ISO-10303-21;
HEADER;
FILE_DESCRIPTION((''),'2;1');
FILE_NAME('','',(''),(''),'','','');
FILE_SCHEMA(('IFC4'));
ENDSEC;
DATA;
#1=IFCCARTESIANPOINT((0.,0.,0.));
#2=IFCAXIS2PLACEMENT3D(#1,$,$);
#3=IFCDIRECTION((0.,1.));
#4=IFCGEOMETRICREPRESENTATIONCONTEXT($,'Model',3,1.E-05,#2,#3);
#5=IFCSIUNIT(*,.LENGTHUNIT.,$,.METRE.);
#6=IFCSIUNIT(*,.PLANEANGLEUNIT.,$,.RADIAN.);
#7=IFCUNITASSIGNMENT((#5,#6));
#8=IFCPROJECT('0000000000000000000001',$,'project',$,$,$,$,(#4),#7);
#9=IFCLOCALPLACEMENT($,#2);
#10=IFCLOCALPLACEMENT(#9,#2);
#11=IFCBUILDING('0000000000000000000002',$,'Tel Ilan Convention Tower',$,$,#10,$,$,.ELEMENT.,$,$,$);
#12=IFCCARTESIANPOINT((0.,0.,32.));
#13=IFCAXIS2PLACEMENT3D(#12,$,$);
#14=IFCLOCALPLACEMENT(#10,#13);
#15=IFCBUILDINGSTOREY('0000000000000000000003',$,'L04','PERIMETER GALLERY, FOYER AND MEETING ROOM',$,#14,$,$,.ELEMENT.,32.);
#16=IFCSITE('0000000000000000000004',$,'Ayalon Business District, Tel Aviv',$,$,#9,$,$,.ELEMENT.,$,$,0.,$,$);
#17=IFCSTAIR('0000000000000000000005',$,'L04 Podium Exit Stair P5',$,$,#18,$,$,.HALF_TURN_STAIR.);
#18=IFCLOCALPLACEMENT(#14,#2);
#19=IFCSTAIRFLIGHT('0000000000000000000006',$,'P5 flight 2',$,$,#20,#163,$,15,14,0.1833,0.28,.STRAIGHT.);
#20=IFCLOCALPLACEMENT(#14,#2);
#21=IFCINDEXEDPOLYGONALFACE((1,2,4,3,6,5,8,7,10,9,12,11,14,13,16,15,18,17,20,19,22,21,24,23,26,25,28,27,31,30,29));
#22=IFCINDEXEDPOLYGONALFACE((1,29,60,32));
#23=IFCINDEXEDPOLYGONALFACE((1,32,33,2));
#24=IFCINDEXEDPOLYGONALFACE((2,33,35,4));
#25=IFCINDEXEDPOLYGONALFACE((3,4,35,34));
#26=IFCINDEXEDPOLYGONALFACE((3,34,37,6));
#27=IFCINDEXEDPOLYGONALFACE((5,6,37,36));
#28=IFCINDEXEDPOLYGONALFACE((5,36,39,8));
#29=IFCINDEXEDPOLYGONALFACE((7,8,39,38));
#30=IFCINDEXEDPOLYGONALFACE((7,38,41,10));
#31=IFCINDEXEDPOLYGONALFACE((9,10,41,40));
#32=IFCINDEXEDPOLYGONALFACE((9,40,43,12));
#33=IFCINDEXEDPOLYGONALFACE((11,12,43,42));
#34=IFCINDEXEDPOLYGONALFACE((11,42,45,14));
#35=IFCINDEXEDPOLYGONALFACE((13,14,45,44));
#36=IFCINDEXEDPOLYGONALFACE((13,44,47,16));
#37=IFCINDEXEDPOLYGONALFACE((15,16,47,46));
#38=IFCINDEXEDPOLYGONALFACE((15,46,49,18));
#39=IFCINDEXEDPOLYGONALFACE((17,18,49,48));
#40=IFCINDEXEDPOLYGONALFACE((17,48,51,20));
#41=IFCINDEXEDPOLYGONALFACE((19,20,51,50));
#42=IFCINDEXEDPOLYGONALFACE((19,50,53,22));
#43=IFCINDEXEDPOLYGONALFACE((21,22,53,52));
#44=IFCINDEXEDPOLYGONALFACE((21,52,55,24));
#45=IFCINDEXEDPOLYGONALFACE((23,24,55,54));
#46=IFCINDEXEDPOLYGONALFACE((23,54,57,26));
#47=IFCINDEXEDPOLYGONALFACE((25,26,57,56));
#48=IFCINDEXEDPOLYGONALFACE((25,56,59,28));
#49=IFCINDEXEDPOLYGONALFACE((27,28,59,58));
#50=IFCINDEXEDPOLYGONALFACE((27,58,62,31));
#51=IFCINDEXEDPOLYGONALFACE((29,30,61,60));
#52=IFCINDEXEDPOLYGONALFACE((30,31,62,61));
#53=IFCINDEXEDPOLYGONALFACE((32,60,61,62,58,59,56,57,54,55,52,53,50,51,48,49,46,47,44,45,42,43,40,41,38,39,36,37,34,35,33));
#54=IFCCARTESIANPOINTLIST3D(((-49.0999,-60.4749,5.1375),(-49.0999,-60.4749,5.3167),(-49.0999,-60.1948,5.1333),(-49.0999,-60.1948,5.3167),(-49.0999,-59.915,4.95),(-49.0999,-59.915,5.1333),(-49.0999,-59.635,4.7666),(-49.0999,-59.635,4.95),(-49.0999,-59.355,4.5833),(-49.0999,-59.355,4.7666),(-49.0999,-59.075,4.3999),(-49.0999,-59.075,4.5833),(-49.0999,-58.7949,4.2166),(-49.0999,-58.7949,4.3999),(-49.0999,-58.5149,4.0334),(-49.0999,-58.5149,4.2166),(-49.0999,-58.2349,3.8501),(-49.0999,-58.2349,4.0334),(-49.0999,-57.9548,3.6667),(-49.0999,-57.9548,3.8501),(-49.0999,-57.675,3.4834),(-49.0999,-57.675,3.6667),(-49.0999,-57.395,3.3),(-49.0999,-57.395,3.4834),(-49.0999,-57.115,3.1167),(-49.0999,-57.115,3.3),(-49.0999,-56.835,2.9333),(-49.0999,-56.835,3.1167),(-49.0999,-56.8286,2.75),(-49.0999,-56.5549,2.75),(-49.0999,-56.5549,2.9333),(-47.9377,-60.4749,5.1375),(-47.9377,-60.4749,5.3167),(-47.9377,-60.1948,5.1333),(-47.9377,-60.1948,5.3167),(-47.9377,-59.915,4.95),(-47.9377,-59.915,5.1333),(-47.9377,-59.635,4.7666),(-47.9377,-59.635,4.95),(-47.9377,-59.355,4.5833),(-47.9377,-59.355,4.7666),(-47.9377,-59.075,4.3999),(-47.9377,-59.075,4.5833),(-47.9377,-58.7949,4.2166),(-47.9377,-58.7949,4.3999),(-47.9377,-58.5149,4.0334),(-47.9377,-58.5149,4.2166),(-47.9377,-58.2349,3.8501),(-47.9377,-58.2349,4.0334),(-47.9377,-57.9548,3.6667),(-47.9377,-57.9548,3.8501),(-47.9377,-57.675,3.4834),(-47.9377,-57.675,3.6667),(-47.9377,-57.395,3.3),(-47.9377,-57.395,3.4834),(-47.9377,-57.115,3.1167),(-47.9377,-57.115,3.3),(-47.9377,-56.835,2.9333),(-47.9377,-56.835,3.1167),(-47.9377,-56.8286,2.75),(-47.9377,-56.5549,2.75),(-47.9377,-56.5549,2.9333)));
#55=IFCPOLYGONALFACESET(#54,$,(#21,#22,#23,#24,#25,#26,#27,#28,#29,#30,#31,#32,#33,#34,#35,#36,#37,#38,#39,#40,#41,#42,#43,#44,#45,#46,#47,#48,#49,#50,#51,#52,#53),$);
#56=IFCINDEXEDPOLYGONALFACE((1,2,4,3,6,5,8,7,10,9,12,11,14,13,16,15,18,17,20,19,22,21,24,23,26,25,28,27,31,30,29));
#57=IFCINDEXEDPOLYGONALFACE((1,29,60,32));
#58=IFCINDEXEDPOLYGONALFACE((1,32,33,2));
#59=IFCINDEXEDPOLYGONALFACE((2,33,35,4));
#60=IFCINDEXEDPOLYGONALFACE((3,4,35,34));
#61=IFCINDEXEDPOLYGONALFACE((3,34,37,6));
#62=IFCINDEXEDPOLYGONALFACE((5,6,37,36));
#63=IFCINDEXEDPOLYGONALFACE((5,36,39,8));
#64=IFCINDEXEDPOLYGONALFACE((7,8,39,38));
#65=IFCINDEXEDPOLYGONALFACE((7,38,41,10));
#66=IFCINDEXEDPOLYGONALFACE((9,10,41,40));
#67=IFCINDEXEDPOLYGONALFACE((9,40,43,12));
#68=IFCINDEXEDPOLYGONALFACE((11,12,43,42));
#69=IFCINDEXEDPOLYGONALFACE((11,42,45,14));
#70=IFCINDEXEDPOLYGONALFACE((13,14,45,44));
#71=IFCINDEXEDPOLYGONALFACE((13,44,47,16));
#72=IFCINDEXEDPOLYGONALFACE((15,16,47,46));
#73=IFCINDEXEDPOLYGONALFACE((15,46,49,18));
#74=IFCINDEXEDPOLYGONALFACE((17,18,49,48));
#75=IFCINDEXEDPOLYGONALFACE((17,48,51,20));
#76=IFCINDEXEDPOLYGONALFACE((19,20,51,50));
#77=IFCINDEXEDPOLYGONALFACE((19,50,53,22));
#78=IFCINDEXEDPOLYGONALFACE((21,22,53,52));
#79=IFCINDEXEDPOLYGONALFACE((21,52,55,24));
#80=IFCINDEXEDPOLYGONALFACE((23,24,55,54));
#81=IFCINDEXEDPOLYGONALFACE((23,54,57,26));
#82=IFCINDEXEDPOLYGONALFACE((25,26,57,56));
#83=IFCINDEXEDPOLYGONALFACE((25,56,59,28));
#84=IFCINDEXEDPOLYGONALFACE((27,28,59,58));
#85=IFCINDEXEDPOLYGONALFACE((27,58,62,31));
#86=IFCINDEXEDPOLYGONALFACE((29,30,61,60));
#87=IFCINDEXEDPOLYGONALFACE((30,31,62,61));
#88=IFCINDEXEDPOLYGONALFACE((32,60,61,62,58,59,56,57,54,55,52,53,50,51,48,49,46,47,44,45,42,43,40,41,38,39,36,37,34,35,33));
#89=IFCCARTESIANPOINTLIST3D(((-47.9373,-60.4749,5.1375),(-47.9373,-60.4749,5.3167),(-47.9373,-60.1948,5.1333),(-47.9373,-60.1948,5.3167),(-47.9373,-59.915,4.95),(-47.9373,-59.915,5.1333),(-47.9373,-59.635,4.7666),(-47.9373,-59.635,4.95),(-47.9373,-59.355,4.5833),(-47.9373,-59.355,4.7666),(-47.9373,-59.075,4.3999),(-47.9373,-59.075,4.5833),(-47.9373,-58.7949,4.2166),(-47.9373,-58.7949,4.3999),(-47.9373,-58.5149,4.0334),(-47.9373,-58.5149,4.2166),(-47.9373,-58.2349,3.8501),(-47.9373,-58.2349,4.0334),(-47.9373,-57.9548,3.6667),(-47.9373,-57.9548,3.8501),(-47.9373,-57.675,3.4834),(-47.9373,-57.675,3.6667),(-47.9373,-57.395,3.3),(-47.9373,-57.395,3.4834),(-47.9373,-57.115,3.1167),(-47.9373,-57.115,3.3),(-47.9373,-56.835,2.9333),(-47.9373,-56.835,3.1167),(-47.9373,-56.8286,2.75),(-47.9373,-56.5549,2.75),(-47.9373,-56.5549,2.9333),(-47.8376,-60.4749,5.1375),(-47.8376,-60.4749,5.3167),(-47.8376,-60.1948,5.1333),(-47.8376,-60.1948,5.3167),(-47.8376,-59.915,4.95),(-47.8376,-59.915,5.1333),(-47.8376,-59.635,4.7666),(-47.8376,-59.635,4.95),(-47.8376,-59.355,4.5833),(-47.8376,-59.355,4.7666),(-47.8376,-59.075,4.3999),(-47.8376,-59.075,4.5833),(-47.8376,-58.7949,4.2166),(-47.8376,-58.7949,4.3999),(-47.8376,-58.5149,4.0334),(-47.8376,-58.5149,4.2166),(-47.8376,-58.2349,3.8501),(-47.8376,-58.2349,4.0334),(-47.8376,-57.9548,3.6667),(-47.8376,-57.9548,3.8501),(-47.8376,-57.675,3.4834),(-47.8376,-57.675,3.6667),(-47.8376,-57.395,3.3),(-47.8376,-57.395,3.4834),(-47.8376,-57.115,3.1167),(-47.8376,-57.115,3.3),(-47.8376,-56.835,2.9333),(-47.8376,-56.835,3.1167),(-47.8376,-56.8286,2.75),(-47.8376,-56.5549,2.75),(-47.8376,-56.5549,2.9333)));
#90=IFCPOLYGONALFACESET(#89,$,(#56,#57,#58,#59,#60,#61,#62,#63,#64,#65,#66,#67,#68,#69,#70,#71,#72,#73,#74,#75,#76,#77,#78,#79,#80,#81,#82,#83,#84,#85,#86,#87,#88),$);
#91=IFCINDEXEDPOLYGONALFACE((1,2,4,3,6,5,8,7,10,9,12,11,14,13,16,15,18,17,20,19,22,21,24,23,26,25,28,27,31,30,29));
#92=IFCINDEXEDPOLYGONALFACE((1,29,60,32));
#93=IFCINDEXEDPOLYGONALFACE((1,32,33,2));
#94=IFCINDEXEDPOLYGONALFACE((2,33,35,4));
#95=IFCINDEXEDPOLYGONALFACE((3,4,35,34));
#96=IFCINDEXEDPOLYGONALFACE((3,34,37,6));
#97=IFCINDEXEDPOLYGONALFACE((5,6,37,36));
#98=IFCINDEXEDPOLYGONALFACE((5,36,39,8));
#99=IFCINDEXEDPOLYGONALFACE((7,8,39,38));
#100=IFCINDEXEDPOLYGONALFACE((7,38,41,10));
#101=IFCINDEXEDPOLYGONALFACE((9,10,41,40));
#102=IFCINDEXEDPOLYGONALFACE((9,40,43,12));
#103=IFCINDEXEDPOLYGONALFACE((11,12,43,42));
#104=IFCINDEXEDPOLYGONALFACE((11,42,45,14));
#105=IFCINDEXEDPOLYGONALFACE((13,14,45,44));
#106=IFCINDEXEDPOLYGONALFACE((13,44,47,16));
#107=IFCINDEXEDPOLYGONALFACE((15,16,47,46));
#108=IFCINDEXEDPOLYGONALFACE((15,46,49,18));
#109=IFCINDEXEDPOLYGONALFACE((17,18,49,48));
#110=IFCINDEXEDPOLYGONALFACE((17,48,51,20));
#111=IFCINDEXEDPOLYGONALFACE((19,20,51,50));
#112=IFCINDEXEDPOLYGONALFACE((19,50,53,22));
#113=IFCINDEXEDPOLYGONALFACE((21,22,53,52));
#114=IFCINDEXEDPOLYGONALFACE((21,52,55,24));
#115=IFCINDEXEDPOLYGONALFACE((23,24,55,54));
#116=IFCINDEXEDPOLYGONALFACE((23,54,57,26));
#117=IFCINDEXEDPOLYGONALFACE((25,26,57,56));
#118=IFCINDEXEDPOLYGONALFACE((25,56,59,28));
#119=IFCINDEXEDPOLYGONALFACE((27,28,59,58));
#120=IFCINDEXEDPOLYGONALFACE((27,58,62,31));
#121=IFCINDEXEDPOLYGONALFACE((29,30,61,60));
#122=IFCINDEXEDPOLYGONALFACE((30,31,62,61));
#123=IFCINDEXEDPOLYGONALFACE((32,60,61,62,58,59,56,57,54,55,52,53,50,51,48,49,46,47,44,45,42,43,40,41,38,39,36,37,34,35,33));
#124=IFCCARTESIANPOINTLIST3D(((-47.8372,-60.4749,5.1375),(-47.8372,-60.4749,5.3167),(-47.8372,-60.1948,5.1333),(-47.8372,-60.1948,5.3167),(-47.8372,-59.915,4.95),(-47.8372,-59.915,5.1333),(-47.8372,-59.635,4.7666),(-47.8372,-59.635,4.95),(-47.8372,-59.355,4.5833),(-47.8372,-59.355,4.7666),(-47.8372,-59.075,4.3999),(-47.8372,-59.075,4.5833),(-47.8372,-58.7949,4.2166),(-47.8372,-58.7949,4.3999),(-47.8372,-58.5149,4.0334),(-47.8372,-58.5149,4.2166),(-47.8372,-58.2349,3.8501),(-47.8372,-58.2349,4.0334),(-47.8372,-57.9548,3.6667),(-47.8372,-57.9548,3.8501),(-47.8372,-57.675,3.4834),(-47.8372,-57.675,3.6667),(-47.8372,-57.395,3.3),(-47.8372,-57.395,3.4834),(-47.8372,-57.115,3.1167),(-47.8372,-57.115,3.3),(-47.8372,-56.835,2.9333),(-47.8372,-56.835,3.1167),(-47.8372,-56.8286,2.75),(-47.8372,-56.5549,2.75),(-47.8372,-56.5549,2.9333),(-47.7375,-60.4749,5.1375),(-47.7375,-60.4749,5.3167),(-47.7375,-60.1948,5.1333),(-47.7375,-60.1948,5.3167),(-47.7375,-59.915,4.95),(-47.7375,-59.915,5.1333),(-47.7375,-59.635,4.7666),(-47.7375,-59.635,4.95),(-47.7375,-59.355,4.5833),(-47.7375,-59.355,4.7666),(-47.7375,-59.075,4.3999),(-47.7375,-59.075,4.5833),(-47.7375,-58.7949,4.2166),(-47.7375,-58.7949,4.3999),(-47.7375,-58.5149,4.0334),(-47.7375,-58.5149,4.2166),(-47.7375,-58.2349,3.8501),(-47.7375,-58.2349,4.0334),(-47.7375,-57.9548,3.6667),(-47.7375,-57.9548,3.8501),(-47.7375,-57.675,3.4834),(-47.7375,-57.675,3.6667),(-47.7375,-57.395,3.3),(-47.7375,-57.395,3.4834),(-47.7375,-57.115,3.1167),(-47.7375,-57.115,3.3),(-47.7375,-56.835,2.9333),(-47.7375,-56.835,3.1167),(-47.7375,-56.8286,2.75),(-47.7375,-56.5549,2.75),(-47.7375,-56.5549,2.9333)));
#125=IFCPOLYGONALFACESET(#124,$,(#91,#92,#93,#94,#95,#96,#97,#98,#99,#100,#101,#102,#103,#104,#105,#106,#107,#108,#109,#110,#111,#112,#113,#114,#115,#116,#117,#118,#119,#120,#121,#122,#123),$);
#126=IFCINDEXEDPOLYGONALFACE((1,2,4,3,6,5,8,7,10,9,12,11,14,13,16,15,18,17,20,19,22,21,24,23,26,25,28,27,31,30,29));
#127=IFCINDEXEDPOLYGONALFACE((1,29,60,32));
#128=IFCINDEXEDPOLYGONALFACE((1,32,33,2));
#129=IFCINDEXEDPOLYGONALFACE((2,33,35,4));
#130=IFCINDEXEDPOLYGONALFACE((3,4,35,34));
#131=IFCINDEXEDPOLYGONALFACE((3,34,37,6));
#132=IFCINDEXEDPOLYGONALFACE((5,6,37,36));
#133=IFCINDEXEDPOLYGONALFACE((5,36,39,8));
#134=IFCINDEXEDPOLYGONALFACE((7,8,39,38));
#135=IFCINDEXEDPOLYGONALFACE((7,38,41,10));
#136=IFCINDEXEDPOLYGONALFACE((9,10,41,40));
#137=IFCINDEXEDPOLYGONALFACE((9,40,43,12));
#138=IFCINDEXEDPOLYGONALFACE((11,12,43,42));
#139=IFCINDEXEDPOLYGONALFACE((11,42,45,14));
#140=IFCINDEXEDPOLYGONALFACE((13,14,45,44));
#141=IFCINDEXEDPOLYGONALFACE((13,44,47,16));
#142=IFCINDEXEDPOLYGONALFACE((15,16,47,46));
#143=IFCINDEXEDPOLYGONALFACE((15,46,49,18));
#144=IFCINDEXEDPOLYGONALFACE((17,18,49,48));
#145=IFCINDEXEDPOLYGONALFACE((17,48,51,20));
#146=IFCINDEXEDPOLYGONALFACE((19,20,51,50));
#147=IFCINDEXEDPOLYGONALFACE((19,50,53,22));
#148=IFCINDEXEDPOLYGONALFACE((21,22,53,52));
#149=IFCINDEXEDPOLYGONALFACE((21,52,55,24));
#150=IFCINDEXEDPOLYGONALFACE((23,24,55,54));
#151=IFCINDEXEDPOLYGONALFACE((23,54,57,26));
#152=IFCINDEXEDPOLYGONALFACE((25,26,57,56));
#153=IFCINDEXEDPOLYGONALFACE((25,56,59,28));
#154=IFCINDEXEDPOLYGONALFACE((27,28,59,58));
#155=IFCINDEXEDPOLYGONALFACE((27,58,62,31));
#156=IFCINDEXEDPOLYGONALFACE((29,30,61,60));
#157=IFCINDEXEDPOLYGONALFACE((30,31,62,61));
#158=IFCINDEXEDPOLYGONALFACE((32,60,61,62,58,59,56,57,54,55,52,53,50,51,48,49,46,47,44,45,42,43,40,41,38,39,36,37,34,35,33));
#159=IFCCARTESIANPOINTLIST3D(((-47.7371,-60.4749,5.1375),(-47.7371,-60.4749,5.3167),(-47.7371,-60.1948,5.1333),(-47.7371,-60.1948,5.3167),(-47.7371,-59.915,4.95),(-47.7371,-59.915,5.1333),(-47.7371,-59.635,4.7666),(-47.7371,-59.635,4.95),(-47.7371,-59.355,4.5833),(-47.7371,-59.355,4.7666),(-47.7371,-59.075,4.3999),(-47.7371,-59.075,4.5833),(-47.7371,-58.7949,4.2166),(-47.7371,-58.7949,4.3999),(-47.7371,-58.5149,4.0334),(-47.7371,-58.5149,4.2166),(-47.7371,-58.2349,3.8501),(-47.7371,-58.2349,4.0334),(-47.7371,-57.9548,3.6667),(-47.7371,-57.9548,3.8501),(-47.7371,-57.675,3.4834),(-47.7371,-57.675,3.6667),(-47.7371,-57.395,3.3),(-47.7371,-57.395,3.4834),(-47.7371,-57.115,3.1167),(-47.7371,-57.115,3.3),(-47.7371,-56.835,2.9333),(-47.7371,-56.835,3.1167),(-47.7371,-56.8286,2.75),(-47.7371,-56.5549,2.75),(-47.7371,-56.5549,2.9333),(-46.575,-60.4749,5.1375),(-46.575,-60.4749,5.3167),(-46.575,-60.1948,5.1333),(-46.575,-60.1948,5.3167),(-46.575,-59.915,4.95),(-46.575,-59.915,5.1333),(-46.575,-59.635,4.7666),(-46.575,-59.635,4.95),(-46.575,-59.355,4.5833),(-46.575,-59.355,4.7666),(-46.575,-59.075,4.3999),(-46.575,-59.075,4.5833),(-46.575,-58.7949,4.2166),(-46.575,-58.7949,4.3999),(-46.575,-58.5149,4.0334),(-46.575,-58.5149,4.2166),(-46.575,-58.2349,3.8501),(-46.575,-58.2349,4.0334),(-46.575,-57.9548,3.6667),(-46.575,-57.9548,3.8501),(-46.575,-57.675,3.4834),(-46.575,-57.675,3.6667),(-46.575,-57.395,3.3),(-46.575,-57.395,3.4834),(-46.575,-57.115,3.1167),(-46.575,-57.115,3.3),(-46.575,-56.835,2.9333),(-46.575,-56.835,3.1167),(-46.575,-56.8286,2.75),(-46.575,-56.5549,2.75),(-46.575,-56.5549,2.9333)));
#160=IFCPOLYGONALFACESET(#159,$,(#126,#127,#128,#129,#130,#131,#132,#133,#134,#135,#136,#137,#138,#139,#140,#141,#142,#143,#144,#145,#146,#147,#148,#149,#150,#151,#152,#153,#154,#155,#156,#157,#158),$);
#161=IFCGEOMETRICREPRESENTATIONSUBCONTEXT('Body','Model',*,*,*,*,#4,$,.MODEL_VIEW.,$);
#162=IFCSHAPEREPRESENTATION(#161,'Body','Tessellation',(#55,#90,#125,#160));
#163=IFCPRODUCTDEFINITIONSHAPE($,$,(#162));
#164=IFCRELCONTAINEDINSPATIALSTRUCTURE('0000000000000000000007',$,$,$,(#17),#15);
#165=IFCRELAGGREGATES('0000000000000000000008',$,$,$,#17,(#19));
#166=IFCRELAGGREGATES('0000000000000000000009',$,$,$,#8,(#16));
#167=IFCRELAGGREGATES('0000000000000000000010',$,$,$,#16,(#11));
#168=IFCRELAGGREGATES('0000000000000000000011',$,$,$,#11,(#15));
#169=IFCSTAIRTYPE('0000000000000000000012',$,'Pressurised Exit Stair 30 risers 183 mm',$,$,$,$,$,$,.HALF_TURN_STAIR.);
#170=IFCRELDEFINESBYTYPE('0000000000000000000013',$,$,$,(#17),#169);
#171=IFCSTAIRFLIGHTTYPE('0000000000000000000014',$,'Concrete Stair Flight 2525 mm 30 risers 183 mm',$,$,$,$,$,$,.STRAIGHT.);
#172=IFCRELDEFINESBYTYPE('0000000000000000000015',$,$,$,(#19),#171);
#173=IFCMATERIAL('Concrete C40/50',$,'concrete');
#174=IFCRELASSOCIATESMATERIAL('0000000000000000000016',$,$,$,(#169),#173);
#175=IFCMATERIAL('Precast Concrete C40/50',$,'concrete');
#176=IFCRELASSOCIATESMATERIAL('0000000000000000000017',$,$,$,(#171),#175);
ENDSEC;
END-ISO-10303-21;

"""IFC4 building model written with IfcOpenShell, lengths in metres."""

from ifc_helpers import new_model, si_unit, direction, frame, origin, place, context, subcontext, project, spatial, polyline, outline, extrude, material, type_object, element, aggregate, save


model = new_model("IFC4")

# Units and contexts
model_context = context("Model", 3, precision=1e-05, world=origin(), true_north=direction((0.0, 1.0)))
body_context = subcontext(model_context, "Body", "Model", "MODEL_VIEW")
ifc_project = project(units=[si_unit("LENGTHUNIT", "METRE"), si_unit("PLANEANGLEUNIT", "RADIAN")], contexts=[model_context])

# Site, building, storey
site_placement = place(None, origin())
site = spatial("IfcSite", under=ifc_project, at=site_placement, Name="Ayalon Business District, Tel Aviv", CompositionType="ELEMENT", RefElevation=0.0)
building_placement = place(site_placement, origin())
building = spatial("IfcBuilding", under=site, at=building_placement, Name="Tel Ilan Convention Tower", CompositionType="ELEMENT")
storey_placement = place(building_placement, frame((0.0, 0.0, 32.0)))
storey = spatial("IfcBuildingStorey", under=building, at=storey_placement, Name="L04", Description="PERIMETER GALLERY, FOYER AND MEETING ROOM", CompositionType="ELEMENT", Elevation=32.0)

# Stair, stair flight
ifc_material_1 = material(Name="Concrete C40/50", Category="concrete")
stair_type = type_object("IfcStairType", Name="Pressurised Exit Stair 30 risers 183 mm", PredefinedType="HALF_TURN_STAIR", material=ifc_material_1)
stair_1_placement = place(storey_placement, origin())
stair_1 = element("IfcStair", 1, at=stair_1_placement, inside=storey, type_object=stair_type, Name="L04 Podium Exit Stair P5", PredefinedType="HALF_TURN_STAIR")
ifc_material_2 = material(Name="Precast Concrete C40/50", Category="concrete")
stair_flight_type = type_object("IfcStairFlightType", Name="Concrete Stair Flight 2525 mm 30 risers 183 mm", PredefinedType="STRAIGHT", material=ifc_material_2)
stair_flight_1_placement = place(storey_placement, frame((-47.8374, -56.5549, 2.75), z_axis=(0.0, 0.0, 1.0), x_axis=(0.0, -1.0, 0.0)))
stair_flight_1 = element("IfcStairFlight", 2, at=stair_flight_1_placement, type_object=stair_flight_type, Name="P5 flight 2", NumberOfRisers=15, NumberOfTreads=14, PredefinedType="STRAIGHT", RiserHeight=0.1833, TreadLength=0.28, context=body_context, shape_type="SweptSolid", body=[
    extrude(outline(polyline([(0.0, 0.0), (0.0, 0.1833), (0.28, 0.1833), (0.28, 0.3667), (0.5601, 0.3667), (0.5601, 0.55), (0.8401, 0.55), (0.8401, 0.7334), (1.1201, 0.7334), (1.1201, 0.9167), (1.3999, 0.9167), (1.3999, 1.1001), (1.6799, 1.1001), (1.6799, 1.2834), (1.96, 1.2834), (1.96, 1.4666), (2.24, 1.4666), (2.24, 1.6499), (2.52, 1.6499), (2.52, 1.8333), (2.8, 1.8333), (2.8, 2.0166), (3.0801, 2.0166), (3.0801, 2.2), (3.3601, 2.2), (3.3601, 2.3833), (3.6399, 2.3833), (3.6399, 2.5667), (3.9199, 2.5667), (3.9199, 2.75), (3.9199, 2.3875), (0.2737, 0.0), (0.0, 0.0)])), frame((0.0, -0.1003, 0.0), z_axis=(0.0, -1.0, 0.0), x_axis=(1.0, 0.0, 0.0)), (0.0, 0.0, 1.0), 1.1621),
    extrude(outline(polyline([(0.0, 0.0), (0.0, 0.1833), (0.28, 0.1833), (0.28, 0.3667), (0.5601, 0.3667), (0.5601, 0.55), (0.8401, 0.55), (0.8401, 0.7334), (1.1201, 0.7334), (1.1201, 0.9167), (1.3999, 0.9167), (1.3999, 1.1001), (1.6799, 1.1001), (1.6799, 1.2834), (1.96, 1.2834), (1.96, 1.4666), (2.24, 1.4666), (2.24, 1.6499), (2.52, 1.6499), (2.52, 1.8333), (2.8, 1.8333), (2.8, 2.0166), (3.0801, 2.0166), (3.0801, 2.2), (3.3601, 2.2), (3.3601, 2.3833), (3.6399, 2.3833), (3.6399, 2.5667), (3.9199, 2.5667), (3.9199, 2.75), (3.9199, 2.3875), (0.2737, 0.0), (0.0, 0.0)])), frame((0.0, -0.0002, 0.0), z_axis=(0.0, -1.0, 0.0), x_axis=(1.0, 0.0, 0.0)), (0.0, 0.0, 1.0), 0.0996),
    extrude(outline(polyline([(0.0, 0.0), (0.0, 0.1833), (0.28, 0.1833), (0.28, 0.3667), (0.5601, 0.3667), (0.5601, 0.55), (0.8401, 0.55), (0.8401, 0.7334), (1.1201, 0.7334), (1.1201, 0.9167), (1.3999, 0.9167), (1.3999, 1.1001), (1.6799, 1.1001), (1.6799, 1.2834), (1.96, 1.2834), (1.96, 1.4666), (2.24, 1.4666), (2.24, 1.6499), (2.52, 1.6499), (2.52, 1.8333), (2.8, 1.8333), (2.8, 2.0166), (3.0801, 2.0166), (3.0801, 2.2), (3.3601, 2.2), (3.3601, 2.3833), (3.6399, 2.3833), (3.6399, 2.5667), (3.9199, 2.5667), (3.9199, 2.75), (3.9199, 2.3875), (0.2737, 0.0), (0.0, 0.0)])), frame((0.0, 0.0999, 0.0), z_axis=(0.0, -1.0, 0.0), x_axis=(1.0, 0.0, 0.0)), (0.0, 0.0, 1.0), 0.0996),
    extrude(outline(polyline([(0.0, 0.0), (0.0, 0.1833), (0.28, 0.1833), (0.28, 0.3667), (0.5601, 0.3667), (0.5601, 0.55), (0.8401, 0.55), (0.8401, 0.7334), (1.1201, 0.7334), (1.1201, 0.9167), (1.3999, 0.9167), (1.3999, 1.1001), (1.6799, 1.1001), (1.6799, 1.2834), (1.96, 1.2834), (1.96, 1.4666), (2.24, 1.4666), (2.24, 1.6499), (2.52, 1.6499), (2.52, 1.8333), (2.8, 1.8333), (2.8, 2.0166), (3.0801, 2.0166), (3.0801, 2.2), (3.3601, 2.2), (3.3601, 2.3833), (3.6399, 2.3833), (3.6399, 2.5667), (3.9199, 2.5667), (3.9199, 2.75), (3.9199, 2.3875), (0.2737, 0.0), (0.0, 0.0)])), frame((0.0, 1.2625, 0.0), z_axis=(0.0, -1.0, 0.0), x_axis=(1.0, 0.0, 0.0)), (0.0, 0.0, 1.0), 1.1621),
])
aggregate(stair_1, [stair_flight_1])

save(model, "model.ifc")
